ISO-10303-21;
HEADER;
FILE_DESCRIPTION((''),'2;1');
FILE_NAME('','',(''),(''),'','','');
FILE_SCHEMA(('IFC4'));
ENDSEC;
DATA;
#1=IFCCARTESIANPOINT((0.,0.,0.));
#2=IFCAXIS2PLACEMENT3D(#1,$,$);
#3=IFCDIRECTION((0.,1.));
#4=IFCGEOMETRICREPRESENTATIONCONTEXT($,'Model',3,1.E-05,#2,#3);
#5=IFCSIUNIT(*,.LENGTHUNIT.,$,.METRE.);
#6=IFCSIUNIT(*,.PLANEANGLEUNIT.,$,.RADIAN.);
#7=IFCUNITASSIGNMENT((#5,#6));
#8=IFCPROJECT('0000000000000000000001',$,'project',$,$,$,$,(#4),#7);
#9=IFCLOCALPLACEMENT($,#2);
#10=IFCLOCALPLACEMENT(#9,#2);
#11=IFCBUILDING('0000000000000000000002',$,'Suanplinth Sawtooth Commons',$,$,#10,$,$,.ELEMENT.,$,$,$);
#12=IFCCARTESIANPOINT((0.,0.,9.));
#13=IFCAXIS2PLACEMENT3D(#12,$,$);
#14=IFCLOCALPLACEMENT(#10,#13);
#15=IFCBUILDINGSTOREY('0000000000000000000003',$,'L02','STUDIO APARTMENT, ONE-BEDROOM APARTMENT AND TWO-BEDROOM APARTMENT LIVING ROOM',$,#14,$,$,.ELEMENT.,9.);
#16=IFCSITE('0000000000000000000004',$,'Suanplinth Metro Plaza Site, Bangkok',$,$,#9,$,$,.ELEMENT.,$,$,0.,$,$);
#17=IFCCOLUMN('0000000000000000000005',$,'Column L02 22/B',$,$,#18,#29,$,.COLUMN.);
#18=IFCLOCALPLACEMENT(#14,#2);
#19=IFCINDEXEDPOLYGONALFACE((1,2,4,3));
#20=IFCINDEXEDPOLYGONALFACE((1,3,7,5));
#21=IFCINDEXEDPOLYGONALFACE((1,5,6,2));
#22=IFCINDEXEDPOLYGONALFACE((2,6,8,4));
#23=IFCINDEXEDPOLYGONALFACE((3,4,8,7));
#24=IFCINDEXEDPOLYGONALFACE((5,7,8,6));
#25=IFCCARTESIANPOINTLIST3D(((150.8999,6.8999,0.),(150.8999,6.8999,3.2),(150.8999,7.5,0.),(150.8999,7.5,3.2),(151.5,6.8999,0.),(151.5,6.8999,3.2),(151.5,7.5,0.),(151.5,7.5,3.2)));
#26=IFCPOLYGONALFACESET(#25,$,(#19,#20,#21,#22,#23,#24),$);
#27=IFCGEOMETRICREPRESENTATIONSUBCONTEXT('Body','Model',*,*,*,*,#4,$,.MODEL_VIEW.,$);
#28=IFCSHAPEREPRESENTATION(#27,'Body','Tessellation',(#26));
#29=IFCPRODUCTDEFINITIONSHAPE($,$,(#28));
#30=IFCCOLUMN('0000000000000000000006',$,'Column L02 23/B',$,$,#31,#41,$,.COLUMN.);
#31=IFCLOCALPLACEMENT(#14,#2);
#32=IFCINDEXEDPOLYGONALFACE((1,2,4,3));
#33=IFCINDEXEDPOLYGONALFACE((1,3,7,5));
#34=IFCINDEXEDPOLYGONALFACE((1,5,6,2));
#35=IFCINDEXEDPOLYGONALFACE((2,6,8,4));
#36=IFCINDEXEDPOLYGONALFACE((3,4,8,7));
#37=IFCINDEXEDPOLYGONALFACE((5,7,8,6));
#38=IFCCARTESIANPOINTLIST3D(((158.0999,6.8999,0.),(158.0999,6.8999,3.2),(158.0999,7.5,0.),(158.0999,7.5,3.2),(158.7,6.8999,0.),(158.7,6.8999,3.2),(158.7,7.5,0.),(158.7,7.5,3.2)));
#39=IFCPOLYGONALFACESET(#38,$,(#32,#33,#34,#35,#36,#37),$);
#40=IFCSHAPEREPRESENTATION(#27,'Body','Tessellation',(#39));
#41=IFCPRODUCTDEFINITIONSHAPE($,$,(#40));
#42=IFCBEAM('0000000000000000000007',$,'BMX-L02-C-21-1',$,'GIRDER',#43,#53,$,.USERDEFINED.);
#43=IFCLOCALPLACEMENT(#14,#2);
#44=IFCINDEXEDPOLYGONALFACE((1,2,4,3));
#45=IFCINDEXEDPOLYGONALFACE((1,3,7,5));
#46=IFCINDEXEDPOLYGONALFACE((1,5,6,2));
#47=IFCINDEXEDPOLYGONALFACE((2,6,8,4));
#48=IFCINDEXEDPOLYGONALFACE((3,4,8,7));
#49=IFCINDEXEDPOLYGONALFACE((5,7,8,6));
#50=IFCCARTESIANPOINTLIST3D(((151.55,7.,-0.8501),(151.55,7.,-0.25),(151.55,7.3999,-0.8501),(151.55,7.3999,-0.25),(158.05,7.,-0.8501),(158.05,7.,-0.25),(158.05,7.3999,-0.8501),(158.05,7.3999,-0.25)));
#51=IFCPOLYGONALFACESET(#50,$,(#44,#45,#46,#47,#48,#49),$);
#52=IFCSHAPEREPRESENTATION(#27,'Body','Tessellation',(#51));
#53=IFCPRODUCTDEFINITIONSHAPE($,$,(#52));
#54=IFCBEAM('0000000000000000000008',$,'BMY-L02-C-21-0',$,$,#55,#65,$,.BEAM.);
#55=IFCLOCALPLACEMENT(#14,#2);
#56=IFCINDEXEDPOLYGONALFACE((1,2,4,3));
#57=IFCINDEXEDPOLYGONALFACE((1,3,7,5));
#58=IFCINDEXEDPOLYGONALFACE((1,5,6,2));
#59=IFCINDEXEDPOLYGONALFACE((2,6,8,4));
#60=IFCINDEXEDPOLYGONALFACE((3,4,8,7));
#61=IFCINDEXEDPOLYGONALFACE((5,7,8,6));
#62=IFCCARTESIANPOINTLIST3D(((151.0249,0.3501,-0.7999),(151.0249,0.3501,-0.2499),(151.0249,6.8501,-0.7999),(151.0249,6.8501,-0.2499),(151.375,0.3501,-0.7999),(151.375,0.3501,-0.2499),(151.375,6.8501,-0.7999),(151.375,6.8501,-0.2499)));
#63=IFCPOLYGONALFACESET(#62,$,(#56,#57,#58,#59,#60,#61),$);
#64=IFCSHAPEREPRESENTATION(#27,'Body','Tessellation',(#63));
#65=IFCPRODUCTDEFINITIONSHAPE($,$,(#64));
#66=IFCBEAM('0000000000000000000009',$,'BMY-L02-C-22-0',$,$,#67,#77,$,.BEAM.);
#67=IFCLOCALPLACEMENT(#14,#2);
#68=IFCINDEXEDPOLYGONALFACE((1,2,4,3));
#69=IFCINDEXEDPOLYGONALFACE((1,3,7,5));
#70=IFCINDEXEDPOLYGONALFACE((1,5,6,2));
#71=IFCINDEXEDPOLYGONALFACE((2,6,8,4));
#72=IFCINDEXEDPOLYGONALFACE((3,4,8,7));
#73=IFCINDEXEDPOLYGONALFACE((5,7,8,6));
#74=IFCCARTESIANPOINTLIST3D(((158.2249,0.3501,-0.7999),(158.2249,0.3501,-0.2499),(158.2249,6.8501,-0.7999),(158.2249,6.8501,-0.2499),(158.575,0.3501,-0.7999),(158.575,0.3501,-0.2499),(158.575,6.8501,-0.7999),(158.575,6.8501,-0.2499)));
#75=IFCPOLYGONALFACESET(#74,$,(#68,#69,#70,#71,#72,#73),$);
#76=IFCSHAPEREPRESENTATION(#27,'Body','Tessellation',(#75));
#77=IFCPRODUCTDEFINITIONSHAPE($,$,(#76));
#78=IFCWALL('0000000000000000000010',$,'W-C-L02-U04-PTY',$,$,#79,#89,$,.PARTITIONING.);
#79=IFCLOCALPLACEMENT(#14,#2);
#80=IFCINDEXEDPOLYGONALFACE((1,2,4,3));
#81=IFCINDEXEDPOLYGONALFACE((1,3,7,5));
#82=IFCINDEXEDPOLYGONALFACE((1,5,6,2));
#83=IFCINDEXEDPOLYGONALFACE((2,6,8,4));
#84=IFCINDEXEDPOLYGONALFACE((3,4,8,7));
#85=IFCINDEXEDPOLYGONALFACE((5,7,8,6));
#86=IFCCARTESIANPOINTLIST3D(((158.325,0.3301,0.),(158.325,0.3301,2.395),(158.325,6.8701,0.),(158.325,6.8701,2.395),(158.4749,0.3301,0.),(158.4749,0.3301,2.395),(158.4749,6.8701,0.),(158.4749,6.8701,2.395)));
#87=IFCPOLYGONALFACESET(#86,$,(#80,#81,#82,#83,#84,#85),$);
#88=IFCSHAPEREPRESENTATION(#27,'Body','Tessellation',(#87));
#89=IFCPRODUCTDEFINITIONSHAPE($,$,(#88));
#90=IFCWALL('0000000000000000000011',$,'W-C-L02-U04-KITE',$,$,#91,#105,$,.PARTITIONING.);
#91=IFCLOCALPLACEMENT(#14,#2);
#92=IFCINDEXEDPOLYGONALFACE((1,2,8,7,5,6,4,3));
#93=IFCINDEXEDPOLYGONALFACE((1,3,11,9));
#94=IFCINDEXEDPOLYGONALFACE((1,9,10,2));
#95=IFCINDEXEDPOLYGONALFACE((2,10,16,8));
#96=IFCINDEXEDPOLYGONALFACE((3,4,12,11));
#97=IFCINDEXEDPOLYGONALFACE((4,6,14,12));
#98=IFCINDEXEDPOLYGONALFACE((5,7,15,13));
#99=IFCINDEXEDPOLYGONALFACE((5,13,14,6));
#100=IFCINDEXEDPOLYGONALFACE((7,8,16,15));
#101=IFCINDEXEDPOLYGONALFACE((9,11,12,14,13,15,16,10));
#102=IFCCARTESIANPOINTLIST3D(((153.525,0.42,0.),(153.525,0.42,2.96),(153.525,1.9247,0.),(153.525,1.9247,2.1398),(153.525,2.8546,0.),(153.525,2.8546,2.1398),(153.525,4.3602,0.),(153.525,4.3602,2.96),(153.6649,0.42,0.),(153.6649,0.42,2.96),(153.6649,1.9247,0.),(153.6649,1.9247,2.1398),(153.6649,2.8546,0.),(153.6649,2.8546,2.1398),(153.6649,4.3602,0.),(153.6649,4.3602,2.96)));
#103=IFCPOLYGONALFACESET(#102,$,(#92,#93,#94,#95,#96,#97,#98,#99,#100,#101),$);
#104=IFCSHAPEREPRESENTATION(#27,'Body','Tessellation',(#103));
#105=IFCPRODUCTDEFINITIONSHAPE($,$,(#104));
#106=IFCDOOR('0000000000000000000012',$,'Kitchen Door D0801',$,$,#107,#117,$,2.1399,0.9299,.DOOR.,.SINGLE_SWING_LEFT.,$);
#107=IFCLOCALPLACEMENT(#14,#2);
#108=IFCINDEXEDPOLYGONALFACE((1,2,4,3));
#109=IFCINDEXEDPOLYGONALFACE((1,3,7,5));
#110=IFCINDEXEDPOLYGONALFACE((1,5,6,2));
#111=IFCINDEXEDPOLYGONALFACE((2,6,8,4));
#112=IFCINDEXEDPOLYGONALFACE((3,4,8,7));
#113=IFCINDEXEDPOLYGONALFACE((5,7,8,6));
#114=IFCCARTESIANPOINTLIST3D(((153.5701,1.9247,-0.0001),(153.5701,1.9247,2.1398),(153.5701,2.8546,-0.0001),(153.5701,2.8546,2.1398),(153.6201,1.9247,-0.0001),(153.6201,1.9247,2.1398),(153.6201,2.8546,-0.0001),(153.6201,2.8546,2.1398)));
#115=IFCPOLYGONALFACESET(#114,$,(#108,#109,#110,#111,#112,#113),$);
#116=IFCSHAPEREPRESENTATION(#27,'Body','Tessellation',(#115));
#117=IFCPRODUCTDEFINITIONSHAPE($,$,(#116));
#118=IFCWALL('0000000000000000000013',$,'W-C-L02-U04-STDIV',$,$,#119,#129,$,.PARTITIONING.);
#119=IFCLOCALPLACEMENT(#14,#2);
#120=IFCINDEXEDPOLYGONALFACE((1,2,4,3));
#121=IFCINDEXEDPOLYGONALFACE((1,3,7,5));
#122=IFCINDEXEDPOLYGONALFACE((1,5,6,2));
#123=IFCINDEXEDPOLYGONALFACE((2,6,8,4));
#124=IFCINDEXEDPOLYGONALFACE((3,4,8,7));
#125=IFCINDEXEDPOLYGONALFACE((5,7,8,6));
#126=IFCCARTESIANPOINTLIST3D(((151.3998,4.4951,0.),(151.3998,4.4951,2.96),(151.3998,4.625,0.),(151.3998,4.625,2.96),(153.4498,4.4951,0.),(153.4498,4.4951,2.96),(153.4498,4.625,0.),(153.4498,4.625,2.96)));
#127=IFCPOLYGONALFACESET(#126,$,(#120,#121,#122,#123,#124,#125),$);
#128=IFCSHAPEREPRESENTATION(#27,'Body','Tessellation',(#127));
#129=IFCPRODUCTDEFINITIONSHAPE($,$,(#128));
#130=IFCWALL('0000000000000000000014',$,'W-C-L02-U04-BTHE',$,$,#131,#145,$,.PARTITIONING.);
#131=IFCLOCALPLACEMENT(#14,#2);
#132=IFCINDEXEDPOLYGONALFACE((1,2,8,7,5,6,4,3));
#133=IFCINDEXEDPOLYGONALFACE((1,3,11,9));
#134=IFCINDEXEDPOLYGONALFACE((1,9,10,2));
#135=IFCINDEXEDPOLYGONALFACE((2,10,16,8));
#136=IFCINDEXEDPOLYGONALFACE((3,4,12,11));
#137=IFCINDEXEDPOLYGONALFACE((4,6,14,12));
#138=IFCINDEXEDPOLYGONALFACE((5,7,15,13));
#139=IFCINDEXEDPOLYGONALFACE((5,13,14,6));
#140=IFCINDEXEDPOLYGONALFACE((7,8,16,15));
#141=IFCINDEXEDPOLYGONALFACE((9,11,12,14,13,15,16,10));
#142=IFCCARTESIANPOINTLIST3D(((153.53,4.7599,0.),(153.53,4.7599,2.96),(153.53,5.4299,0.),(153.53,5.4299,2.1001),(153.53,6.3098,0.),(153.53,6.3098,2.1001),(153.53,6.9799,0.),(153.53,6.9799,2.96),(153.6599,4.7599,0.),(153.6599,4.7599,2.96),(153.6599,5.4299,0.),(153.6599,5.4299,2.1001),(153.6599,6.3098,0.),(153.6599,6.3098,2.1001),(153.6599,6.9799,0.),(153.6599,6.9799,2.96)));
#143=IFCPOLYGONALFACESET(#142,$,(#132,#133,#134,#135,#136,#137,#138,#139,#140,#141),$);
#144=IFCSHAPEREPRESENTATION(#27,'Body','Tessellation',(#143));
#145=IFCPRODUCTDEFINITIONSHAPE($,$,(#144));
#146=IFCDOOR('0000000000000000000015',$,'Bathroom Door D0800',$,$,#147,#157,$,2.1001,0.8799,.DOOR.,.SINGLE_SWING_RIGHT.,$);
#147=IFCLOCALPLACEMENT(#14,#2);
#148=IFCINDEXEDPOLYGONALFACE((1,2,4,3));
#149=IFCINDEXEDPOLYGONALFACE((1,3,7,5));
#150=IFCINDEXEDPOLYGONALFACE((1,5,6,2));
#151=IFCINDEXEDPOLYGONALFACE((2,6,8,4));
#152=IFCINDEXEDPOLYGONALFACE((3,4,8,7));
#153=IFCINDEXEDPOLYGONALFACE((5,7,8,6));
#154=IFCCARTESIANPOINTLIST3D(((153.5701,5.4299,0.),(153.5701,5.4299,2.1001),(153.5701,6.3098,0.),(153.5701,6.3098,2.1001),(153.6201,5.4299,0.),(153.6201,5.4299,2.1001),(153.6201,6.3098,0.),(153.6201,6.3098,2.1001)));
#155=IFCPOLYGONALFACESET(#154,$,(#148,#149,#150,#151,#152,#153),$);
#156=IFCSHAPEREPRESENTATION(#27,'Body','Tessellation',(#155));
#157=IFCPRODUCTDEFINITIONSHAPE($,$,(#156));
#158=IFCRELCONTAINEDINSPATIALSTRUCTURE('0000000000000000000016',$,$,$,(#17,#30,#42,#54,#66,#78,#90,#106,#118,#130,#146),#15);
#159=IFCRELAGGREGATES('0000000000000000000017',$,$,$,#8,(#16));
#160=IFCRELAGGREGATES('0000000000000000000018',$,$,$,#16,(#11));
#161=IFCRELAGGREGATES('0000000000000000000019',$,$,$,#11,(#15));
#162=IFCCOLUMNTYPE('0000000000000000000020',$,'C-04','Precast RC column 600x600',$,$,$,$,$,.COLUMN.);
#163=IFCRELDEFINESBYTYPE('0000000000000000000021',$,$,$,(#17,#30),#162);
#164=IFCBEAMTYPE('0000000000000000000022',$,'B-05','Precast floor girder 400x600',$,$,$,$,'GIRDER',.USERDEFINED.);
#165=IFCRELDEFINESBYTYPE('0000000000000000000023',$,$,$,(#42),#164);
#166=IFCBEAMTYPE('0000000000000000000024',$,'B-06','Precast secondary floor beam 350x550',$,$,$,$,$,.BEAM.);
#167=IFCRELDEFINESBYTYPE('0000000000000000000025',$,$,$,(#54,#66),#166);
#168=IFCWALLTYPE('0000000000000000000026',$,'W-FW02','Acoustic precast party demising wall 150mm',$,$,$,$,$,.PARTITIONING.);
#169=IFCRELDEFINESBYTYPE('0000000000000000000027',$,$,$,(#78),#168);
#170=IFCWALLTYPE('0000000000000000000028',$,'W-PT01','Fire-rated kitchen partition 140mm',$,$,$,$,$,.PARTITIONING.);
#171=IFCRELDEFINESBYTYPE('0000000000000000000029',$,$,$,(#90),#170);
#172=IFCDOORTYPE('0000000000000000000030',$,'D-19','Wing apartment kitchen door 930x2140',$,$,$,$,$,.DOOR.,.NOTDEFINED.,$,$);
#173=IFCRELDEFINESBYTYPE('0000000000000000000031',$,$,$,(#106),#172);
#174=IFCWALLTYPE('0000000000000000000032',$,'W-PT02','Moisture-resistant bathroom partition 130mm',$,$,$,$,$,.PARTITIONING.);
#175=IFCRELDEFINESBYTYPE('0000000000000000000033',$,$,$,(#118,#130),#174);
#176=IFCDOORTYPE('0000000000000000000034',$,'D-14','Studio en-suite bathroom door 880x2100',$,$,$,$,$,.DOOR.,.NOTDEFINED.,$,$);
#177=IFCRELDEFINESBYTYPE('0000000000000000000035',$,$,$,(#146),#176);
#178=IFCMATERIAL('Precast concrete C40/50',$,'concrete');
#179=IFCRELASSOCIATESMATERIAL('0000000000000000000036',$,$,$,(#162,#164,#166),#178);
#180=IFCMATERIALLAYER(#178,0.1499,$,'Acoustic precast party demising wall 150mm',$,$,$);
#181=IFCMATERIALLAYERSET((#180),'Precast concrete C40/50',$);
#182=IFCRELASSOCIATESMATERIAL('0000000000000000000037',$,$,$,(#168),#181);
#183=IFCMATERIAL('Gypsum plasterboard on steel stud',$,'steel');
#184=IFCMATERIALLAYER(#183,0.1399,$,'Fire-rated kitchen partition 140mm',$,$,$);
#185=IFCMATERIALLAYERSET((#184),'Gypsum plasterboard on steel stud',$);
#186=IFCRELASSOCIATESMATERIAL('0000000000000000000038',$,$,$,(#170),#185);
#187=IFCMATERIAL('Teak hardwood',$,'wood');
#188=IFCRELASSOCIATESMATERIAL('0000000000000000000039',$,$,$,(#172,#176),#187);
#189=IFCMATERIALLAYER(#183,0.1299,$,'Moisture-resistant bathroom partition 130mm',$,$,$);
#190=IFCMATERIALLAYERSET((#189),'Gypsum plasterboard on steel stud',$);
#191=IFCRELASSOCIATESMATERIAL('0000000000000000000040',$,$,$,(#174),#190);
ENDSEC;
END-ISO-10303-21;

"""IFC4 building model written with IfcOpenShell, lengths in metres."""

from ifc_helpers import new_model, si_unit, direction, frame, frame_2d, origin, origin_2d, place, context, subcontext, project, spatial, rectangle, extrude, material, layer, layer_set, material_profile, profile_set, type_object, element, fill, save


model = new_model("IFC4")

# Units and contexts
model_context = context("Model", 3, precision=1e-05, world=origin(), true_north=direction((0.0, 1.0)))
body_context = subcontext(model_context, "Body", "Model", "MODEL_VIEW")
ifc_project = project(units=[si_unit("LENGTHUNIT", "METRE"), si_unit("PLANEANGLEUNIT", "RADIAN")], contexts=[model_context])

# Site, building, storey
site_placement = place(None, origin())
site = spatial("IfcSite", under=ifc_project, at=site_placement, Name="Suanplinth Metro Plaza Site, Bangkok", CompositionType="ELEMENT", RefElevation=0.0)
building_placement = place(site_placement, origin())
building = spatial("IfcBuilding", under=site, at=building_placement, Name="Suanplinth Sawtooth Commons", CompositionType="ELEMENT")
storey_placement = place(building_placement, frame((0.0, 0.0, 9.0)))
storey = spatial("IfcBuildingStorey", under=building, at=storey_placement, Name="L02", Description="STUDIO APARTMENT, ONE-BEDROOM APARTMENT AND TWO-BEDROOM APARTMENT LIVING ROOM", CompositionType="ELEMENT", Elevation=9.0)

# Columns
ifc_material_1 = material(Name="Precast concrete C40/50", Category="concrete")
ifc_material_profile_1 = material_profile(ifc_material_1, rectangle(XDim=0.6001, YDim=0.6001, at=origin_2d()), Name="PC-COL 600x600")
ifc_profile_set_1 = profile_set([ifc_material_profile_1], Name="Precast concrete C40/50")
column_type = type_object("IfcColumnType", Name="C-04", Description="Precast RC column 600x600", PredefinedType="COLUMN", material=ifc_profile_set_1)
for number, where, z_axis, x_axis, name in (
    (1, (151.2, 7.2, 0.0), (0.0, 0.0, 1.0), (1.0, 0.0, 0.0), "Column L02 22/B"),
    (2, (158.3999, 7.2, 0.0), (0.0, 0.0, 1.0), (1.0, 0.0, 0.0), "Column L02 23/B"),
):
    element("IfcColumn", number, at=place(storey_placement, frame(where, z_axis=z_axis, x_axis=x_axis)), inside=storey, type_object=column_type, Name=name, PredefinedType="COLUMN", context=body_context, shape_type="SweptSolid", body=[
        extrude(rectangle(XDim=0.6001, YDim=0.6001, at=origin_2d()), origin(), (0.0, 0.0, 1.0), 3.2),
    ])

# Beams
ifc_material_profile_2 = material_profile(ifc_material_1, rectangle(XDim=0.3999, YDim=0.6001, at=origin_2d()), Name="PC-GDR 400x600")
ifc_profile_set_2 = profile_set([ifc_material_profile_2], Name="Precast concrete C40/50")
beam_type_1 = type_object("IfcBeamType", Name="B-05", Description="Precast floor girder 400x600", ElementType="GIRDER", PredefinedType="USERDEFINED", material=ifc_profile_set_2)
beam_placement = place(storey_placement, frame((151.55, 7.2, -0.55), z_axis=(1.0, 0.0, 0.0), x_axis=(0.0, 1.0, 0.0)))
element("IfcBeam", 3, at=beam_placement, inside=storey, type_object=beam_type_1, Name="BMX-L02-C-21-1", ObjectType="GIRDER", PredefinedType="USERDEFINED", context=body_context, shape_type="SweptSolid", body=[
    extrude(rectangle(XDim=0.3999, YDim=0.6001, at=origin_2d()), origin(), (0.0, 0.0, 1.0), 6.5),
])
ifc_material_profile_3 = material_profile(ifc_material_1, rectangle(XDim=0.3501, YDim=0.55, at=origin_2d()), Name="PC-BM 350x550")
ifc_profile_set_3 = profile_set([ifc_material_profile_3], Name="Precast concrete C40/50")
beam_type_2 = type_object("IfcBeamType", Name="B-06", Description="Precast secondary floor beam 350x550", PredefinedType="BEAM", material=ifc_profile_set_3)
for number, where, z_axis, x_axis, name in (
    (4, (151.2, 0.3501, -0.5249), (0.0, 1.0, 0.0), (-1.0, 0.0, 0.0), "BMY-L02-C-21-0"),
    (5, (158.3999, 0.3501, -0.5249), (0.0, 1.0, 0.0), (-1.0, 0.0, 0.0), "BMY-L02-C-22-0"),
):
    element("IfcBeam", number, at=place(storey_placement, frame(where, z_axis=z_axis, x_axis=x_axis)), inside=storey, type_object=beam_type_2, Name=name, PredefinedType="BEAM", context=body_context, shape_type="SweptSolid", body=[
        extrude(rectangle(XDim=0.3501, YDim=0.55, at=origin_2d()), origin(), (0.0, 0.0, 1.0), 6.5),
    ])

# Wall
ifc_layer_1 = layer(ifc_material_1, 0.1499, Name="Acoustic precast party demising wall 150mm")
ifc_layer_set_1 = layer_set([ifc_layer_1], Name="Precast concrete C40/50")
wall_type_1 = type_object("IfcWallType", Name="W-FW02", Description="Acoustic precast party demising wall 150mm", PredefinedType="PARTITIONING", material=ifc_layer_set_1)
wall_1_placement = place(storey_placement, frame((158.3999, 0.3301, 0.0), z_axis=(0.0, 0.0, 1.0), x_axis=(0.0, 1.0, 0.0)))
element("IfcWall", 6, at=wall_1_placement, inside=storey, type_object=wall_type_1, Name="W-C-L02-U04-PTY", PredefinedType="PARTITIONING", context=body_context, shape_type="SweptSolid", body=[
    extrude(rectangle(XDim=6.54, YDim=0.1499, at=frame_2d((3.27, 0.0))), origin(), (0.0, 0.0, 1.0), 2.395),
])

# Wall, opening, door
ifc_material_2 = material(Name="Gypsum plasterboard on steel stud", Category="steel")
ifc_layer_2 = layer(ifc_material_2, 0.1399, Name="Fire-rated kitchen partition 140mm")
ifc_layer_set_2 = layer_set([ifc_layer_2], Name="Gypsum plasterboard on steel stud")
wall_type_2 = type_object("IfcWallType", Name="W-PT01", Description="Fire-rated kitchen partition 140mm", PredefinedType="PARTITIONING", material=ifc_layer_set_2)
wall_2_placement = place(storey_placement, frame((153.595, 0.4199, 0.0), z_axis=(0.0, 0.0, 1.0), x_axis=(0.0, 1.0, 0.0)))
wall_2 = element("IfcWall", 7, at=wall_2_placement, inside=storey, type_object=wall_type_2, Name="W-C-L02-U04-KITE", PredefinedType="PARTITIONING", context=body_context, shape_type="SweptSolid", body=[
    extrude(rectangle(XDim=3.9402, YDim=0.1399, at=frame_2d((1.9702, 0.0))), origin(), (0.0, 0.0, 1.0), 2.96),
])
opening_1_placement = place(wall_2_placement, frame((1.5049, 0.0, 0.0)))
opening_1 = element("IfcOpeningElement", 8, at=opening_1_placement, cuts=wall_2, PredefinedType="OPENING", context=body_context, shape_type="SweptSolid", body=[
    extrude(rectangle(XDim=0.9299, YDim=2.1399, at=frame_2d((0.4648, 1.0698))), frame((0.0, 0.085, 0.0), z_axis=(0.0, -1.0, 0.0), x_axis=(1.0, 0.0, 0.0)), (0.0, 0.0, 1.0), 0.1697),
])
ifc_material_3 = material(Name="Teak hardwood", Category="wood")
door_type_1 = type_object("IfcDoorType", Name="D-19", Description="Wing apartment kitchen door 930x2140", OperationType="NOTDEFINED", PredefinedType="DOOR", material=ifc_material_3)
door_1_placement = place(opening_1_placement, origin())
door_1 = element("IfcDoor", 9, at=door_1_placement, inside=storey, type_object=door_type_1, Name="Kitchen Door D0801", OperationType="SINGLE_SWING_LEFT", OverallHeight=2.1399, OverallWidth=0.9299, PredefinedType="DOOR", context=body_context, shape_type="SweptSolid", body=[
    extrude(rectangle(XDim=0.9299, YDim=2.1399, at=frame_2d((0.4648, 1.0698))), frame((0.0, 0.0249, 0.0), z_axis=(0.0, -1.0, 0.0), x_axis=(1.0, 0.0, 0.0)), (0.0, 0.0, 1.0), 0.05),
])
fill(opening_1, door_1)

# Wall
ifc_layer_3 = layer(ifc_material_2, 0.1299, Name="Moisture-resistant bathroom partition 130mm")
ifc_layer_set_3 = layer_set([ifc_layer_3], Name="Gypsum plasterboard on steel stud")
wall_type_3 = type_object("IfcWallType", Name="W-PT02", Description="Moisture-resistant bathroom partition 130mm", PredefinedType="PARTITIONING", material=ifc_layer_set_3)
wall_3_placement = place(storey_placement, frame((151.3999, 4.5601, 0.0), z_axis=(0.0, 0.0, 1.0), x_axis=(1.0, 0.0, 0.0)))
element("IfcWall", 10, at=wall_3_placement, inside=storey, type_object=wall_type_3, Name="W-C-L02-U04-STDIV", PredefinedType="PARTITIONING", context=body_context, shape_type="SweptSolid", body=[
    extrude(rectangle(XDim=2.05, YDim=0.1299, at=frame_2d((1.0249, 0.0))), origin(), (0.0, 0.0, 1.0), 2.96),
])

# Wall, opening, door
wall_4_placement = place(storey_placement, frame((153.595, 4.76, 0.0), z_axis=(0.0, 0.0, 1.0), x_axis=(0.0, 1.0, 0.0)))
wall_4 = element("IfcWall", 11, at=wall_4_placement, inside=storey, type_object=wall_type_3, Name="W-C-L02-U04-BTHE", PredefinedType="PARTITIONING", context=body_context, shape_type="SweptSolid", body=[
    extrude(rectangle(XDim=2.22, YDim=0.1299, at=frame_2d((1.1099, 0.0))), origin(), (0.0, 0.0, 1.0), 2.96),
])
opening_2_placement = place(wall_4_placement, frame((0.6699, 0.0, 0.0)))
opening_2 = element("IfcOpeningElement", 12, at=opening_2_placement, cuts=wall_4, PredefinedType="OPENING", context=body_context, shape_type="SweptSolid", body=[
    extrude(rectangle(XDim=0.8799, YDim=2.1001, at=frame_2d((0.4399, 1.05))), frame((0.0, 0.0798, 0.0), z_axis=(0.0, -1.0, 0.0), x_axis=(1.0, 0.0, 0.0)), (0.0, 0.0, 1.0), 0.1597),
])
door_type_2 = type_object("IfcDoorType", Name="D-14", Description="Studio en-suite bathroom door 880x2100", OperationType="NOTDEFINED", PredefinedType="DOOR", material=ifc_material_3)
door_2_placement = place(opening_2_placement, origin())
door_2 = element("IfcDoor", 13, at=door_2_placement, inside=storey, type_object=door_type_2, Name="Bathroom Door D0800", OperationType="SINGLE_SWING_RIGHT", OverallHeight=2.1001, OverallWidth=0.8799, PredefinedType="DOOR", context=body_context, shape_type="SweptSolid", body=[
    extrude(rectangle(XDim=0.8799, YDim=2.1001, at=frame_2d((0.4399, 1.05))), frame((0.0, 0.0249, 0.0), z_axis=(0.0, -1.0, 0.0), x_axis=(1.0, 0.0, 0.0)), (0.0, 0.0, 1.0), 0.05),
])
fill(opening_2, door_2)

save(model, "model.ifc")
